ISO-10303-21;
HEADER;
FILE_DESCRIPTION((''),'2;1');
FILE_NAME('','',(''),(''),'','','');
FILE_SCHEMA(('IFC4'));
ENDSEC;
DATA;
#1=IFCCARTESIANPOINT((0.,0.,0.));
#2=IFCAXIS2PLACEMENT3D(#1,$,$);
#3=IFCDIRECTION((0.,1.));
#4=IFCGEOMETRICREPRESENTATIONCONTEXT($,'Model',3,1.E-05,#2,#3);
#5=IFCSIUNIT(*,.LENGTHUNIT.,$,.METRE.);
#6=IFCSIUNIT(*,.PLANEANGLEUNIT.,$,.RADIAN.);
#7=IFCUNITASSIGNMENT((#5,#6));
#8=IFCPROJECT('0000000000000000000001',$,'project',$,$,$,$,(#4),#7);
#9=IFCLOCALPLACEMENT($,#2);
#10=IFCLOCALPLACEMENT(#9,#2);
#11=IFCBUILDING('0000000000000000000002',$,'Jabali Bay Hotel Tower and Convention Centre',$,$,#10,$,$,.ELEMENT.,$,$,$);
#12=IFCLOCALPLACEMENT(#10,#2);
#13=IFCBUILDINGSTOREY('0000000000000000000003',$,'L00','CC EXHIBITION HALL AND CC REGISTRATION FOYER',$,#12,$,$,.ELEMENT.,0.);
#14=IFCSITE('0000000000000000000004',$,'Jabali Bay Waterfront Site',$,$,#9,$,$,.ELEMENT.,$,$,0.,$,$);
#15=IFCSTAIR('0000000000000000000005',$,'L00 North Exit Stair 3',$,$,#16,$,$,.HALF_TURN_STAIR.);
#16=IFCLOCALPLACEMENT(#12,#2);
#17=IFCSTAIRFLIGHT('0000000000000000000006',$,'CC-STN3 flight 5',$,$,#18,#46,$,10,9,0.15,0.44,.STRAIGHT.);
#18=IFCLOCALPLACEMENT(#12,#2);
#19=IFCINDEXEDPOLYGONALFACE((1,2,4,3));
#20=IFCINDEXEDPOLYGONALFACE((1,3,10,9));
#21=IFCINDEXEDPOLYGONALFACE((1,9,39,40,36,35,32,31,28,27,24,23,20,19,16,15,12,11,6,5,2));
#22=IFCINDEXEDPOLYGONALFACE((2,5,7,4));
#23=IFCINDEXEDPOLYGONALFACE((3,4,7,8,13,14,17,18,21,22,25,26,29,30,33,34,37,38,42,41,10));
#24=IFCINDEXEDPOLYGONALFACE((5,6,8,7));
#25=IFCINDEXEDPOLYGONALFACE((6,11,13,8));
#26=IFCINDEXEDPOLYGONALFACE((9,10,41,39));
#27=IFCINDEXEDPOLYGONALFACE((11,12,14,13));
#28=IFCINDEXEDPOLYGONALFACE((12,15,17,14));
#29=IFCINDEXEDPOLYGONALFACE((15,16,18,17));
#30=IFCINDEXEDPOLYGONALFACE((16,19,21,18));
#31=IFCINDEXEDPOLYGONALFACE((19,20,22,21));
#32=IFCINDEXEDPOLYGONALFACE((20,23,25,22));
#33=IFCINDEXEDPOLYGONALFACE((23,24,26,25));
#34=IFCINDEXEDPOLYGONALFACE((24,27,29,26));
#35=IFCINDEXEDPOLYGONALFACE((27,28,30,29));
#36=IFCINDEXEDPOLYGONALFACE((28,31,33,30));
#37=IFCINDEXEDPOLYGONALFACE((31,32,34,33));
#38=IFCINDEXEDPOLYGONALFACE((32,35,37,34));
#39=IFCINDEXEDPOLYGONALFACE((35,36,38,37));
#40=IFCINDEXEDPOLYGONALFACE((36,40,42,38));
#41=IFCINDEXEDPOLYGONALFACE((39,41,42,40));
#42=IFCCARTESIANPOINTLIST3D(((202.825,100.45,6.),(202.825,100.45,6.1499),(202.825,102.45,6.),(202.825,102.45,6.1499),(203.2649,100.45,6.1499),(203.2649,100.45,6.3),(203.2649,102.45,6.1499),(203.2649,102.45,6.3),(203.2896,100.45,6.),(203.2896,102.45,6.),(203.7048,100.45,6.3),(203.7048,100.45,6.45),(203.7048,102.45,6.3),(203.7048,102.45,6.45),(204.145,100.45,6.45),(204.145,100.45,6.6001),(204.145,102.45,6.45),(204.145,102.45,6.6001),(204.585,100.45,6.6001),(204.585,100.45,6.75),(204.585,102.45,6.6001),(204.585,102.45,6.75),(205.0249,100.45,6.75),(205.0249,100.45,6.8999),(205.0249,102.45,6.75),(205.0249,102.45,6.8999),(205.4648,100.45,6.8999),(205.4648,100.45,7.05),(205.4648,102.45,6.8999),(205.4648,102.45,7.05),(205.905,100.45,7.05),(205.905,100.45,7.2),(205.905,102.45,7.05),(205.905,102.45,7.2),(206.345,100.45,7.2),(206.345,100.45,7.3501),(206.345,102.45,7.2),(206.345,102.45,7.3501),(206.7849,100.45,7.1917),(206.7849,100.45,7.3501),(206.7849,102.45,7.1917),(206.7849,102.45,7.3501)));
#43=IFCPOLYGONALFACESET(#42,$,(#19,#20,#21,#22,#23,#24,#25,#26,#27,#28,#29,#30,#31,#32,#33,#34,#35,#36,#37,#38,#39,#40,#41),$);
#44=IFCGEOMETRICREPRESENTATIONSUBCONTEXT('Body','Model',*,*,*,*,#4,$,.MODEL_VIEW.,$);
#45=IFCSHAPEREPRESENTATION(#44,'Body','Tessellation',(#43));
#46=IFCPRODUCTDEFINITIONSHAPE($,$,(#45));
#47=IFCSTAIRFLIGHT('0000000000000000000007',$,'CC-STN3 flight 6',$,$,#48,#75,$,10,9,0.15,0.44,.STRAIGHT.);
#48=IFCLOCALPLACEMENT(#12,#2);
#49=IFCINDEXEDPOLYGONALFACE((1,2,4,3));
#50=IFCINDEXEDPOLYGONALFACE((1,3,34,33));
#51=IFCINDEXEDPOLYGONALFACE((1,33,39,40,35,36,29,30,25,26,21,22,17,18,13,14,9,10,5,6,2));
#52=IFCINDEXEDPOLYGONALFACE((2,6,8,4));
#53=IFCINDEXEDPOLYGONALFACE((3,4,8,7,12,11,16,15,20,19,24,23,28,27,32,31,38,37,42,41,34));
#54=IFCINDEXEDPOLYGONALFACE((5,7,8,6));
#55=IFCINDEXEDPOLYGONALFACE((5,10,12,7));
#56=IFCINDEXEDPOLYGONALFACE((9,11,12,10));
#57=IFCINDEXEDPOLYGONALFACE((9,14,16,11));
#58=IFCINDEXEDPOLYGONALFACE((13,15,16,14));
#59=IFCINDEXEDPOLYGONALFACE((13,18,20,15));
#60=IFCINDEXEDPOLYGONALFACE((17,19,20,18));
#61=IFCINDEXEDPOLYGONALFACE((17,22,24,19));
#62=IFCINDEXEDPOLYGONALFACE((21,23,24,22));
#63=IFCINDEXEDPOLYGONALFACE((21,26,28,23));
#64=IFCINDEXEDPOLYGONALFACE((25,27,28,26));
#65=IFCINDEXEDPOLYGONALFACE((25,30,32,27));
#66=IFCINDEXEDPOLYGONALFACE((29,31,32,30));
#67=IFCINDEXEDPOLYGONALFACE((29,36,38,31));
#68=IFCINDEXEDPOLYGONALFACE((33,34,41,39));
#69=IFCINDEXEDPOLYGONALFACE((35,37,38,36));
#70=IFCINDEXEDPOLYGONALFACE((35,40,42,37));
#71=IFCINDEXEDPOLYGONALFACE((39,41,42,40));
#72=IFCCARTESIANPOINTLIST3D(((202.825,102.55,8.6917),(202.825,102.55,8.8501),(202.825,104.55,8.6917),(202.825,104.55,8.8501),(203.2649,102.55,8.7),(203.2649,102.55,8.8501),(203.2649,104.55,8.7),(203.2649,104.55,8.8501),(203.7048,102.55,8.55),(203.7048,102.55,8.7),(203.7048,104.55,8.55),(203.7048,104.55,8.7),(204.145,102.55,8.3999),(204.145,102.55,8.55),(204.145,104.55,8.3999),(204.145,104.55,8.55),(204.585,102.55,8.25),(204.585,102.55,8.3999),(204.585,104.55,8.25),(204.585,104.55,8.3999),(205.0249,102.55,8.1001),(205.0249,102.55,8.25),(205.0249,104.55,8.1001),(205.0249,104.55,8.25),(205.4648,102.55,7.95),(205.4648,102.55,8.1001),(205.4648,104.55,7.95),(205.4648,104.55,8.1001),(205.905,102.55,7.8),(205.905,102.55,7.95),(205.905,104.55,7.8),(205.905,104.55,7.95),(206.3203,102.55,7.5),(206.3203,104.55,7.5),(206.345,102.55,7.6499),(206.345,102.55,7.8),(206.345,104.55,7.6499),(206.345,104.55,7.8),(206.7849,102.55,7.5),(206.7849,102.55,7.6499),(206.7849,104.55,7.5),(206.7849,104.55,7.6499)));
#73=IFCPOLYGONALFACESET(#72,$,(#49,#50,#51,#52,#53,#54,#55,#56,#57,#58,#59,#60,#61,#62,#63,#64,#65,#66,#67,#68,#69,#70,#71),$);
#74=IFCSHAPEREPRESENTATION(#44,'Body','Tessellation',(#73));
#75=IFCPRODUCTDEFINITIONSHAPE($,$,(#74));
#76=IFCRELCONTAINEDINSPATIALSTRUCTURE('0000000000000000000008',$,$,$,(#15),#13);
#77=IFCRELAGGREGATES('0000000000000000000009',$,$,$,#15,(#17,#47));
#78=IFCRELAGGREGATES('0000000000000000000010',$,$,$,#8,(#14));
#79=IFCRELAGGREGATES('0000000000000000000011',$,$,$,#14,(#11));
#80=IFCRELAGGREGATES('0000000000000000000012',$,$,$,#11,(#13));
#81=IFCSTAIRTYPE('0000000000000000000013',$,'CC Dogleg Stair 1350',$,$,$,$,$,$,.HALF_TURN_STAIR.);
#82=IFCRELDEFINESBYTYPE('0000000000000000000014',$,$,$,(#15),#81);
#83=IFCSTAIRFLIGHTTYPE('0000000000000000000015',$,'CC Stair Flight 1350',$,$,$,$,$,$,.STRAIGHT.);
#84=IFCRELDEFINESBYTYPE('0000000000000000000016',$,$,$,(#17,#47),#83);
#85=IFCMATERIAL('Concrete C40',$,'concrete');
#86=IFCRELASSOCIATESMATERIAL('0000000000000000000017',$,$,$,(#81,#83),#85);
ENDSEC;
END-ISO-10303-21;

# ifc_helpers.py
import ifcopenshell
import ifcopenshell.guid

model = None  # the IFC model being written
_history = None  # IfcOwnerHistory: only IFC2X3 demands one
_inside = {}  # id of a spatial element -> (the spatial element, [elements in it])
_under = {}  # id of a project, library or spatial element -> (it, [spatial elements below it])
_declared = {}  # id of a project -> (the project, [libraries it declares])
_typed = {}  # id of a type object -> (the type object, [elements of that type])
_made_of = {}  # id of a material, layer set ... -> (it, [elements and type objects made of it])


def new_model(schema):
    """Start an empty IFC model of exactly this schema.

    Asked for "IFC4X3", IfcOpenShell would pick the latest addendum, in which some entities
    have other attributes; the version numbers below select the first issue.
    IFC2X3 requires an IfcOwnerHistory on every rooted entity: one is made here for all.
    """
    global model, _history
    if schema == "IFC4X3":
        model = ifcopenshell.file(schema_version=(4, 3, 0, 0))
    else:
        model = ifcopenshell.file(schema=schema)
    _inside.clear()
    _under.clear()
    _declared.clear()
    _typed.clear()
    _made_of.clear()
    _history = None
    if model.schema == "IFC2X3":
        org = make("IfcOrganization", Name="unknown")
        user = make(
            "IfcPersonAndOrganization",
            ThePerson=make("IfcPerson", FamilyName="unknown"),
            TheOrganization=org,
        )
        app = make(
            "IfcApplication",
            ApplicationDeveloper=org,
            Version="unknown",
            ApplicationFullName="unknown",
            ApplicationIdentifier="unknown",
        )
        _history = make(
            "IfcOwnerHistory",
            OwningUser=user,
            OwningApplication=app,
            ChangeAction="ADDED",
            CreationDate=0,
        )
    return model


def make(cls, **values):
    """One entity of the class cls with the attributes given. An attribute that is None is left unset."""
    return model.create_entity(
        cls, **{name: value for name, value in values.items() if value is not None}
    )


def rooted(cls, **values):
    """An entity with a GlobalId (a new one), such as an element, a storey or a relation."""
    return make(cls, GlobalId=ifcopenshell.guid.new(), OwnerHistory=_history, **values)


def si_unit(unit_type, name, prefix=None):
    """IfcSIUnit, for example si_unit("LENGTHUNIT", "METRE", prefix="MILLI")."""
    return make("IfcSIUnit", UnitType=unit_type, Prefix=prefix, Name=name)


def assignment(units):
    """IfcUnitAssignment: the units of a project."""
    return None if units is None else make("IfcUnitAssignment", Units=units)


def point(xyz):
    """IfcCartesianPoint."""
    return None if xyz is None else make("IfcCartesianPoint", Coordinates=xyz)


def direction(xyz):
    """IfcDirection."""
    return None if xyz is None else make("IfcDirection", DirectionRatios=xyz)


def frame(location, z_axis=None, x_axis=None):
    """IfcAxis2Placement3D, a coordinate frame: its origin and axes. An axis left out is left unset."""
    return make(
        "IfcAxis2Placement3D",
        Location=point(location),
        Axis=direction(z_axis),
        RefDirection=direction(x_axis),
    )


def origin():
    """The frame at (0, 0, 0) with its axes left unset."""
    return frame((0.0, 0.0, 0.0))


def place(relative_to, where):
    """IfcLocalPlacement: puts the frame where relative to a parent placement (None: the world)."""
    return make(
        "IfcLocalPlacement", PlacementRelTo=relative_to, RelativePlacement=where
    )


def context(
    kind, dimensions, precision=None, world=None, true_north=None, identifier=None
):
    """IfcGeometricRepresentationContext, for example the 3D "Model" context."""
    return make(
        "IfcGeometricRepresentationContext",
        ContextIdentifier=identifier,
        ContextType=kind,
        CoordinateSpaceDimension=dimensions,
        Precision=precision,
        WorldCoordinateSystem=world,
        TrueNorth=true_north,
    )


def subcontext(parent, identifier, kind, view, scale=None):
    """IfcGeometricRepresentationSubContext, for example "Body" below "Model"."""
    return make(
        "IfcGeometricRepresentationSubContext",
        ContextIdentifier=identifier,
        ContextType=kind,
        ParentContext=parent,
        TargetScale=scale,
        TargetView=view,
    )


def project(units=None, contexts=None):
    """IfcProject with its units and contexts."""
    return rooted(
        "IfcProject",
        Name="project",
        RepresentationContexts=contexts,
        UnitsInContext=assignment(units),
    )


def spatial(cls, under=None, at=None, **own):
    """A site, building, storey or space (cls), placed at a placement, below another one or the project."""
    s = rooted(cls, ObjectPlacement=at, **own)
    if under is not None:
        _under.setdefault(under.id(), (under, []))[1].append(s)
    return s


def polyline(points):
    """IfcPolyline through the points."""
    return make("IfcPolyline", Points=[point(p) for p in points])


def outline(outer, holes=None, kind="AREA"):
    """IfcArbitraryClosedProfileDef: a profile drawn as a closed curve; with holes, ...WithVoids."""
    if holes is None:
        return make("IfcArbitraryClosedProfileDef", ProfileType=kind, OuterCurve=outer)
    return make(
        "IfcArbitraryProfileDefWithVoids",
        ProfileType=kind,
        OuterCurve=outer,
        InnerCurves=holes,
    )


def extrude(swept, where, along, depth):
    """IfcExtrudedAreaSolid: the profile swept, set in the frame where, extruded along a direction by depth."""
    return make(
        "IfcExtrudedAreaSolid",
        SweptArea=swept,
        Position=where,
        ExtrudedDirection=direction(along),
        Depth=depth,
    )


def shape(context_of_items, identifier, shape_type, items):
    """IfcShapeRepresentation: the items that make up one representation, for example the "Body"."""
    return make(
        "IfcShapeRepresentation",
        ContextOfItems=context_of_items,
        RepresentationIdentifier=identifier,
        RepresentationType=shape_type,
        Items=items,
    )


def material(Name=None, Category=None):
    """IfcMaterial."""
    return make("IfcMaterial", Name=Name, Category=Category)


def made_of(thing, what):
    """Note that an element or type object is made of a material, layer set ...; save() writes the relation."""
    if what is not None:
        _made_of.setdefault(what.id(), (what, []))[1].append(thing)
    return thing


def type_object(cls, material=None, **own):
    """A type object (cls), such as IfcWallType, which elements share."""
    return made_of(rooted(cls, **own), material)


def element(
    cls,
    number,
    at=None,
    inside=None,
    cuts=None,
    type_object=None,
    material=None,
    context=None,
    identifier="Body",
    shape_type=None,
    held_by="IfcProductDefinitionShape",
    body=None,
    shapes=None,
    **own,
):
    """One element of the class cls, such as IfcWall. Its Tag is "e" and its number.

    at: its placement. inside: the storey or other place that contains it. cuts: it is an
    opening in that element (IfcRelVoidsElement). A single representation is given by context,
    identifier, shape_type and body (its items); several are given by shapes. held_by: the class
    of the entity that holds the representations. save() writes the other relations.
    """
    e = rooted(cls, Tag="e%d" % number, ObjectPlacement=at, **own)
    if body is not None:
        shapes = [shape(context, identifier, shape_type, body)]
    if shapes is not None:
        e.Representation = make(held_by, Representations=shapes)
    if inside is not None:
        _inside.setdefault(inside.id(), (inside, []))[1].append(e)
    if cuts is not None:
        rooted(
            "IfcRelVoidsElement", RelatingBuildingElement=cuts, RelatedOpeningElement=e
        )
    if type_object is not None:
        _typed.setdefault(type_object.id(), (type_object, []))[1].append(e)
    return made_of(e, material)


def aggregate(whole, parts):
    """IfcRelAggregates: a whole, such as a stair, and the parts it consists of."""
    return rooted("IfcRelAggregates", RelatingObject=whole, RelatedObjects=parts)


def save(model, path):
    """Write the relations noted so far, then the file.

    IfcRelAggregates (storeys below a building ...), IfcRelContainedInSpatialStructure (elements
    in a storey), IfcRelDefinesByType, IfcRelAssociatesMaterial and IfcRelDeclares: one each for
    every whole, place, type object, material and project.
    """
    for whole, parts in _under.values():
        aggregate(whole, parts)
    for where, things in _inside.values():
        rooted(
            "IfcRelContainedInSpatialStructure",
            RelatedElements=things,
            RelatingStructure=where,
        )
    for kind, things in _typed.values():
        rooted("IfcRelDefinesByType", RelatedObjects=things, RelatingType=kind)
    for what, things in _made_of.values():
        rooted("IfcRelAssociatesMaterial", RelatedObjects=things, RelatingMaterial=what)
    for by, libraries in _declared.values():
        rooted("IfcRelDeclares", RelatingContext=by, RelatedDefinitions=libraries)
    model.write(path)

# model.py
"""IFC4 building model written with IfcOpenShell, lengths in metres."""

from ifc_helpers import new_model, si_unit, direction, frame, origin, place, context, subcontext, project, spatial, polyline, outline, extrude, material, type_object, element, aggregate, save


model = new_model("IFC4")

# Units and contexts
model_context = context("Model", 3, precision=1e-05, world=origin(), true_north=direction((0.0, 1.0)))
body_context = subcontext(model_context, "Body", "Model", "MODEL_VIEW")
ifc_project = project(units=[si_unit("LENGTHUNIT", "METRE"), si_unit("PLANEANGLEUNIT", "RADIAN")], contexts=[model_context])

# Site, building, storey
site_placement = place(None, origin())
site = spatial("IfcSite", under=ifc_project, at=site_placement, Name="Jabali Bay Waterfront Site", CompositionType="ELEMENT", RefElevation=0.0)
building_placement = place(site_placement, origin())
building = spatial("IfcBuilding", under=site, at=building_placement, Name="Jabali Bay Hotel Tower and Convention Centre", CompositionType="ELEMENT")
storey_placement = place(building_placement, origin())
storey = spatial("IfcBuildingStorey", under=building, at=storey_placement, Name="L00", Description="CC EXHIBITION HALL AND CC REGISTRATION FOYER", CompositionType="ELEMENT", Elevation=0.0)

# Stair, stair flights
ifc_material_1 = material(Name="Concrete C40", Category="concrete")
stair_type = type_object("IfcStairType", Name="CC Dogleg Stair 1350", PredefinedType="HALF_TURN_STAIR", material=ifc_material_1)
stair_placement = place(storey_placement, origin())
stair = element("IfcStair", 1, at=stair_placement, inside=storey, type_object=stair_type, Name="L00 North Exit Stair 3", PredefinedType="HALF_TURN_STAIR")
stair_flight_type = type_object("IfcStairFlightType", Name="CC Stair Flight 1350", PredefinedType="STRAIGHT", material=ifc_material_1)
stair_flight_1_placement = place(storey_placement, frame((202.825, 101.45, 6.0), z_axis=(0.0, 0.0, 1.0), x_axis=(1.0, 0.0, 0.0)))
stair_flight_1 = element("IfcStairFlight", 2, at=stair_flight_1_placement, type_object=stair_flight_type, Name="CC-STN3 flight 5", NumberOfRisers=10, NumberOfTreads=9, PredefinedType="STRAIGHT", RiserHeight=0.15, TreadLength=0.44, context=body_context, shape_type="SweptSolid", body=[
    extrude(outline(polyline([(0.0, 0.0), (0.0, 0.1499), (0.4399, 0.1499), (0.4399, 0.3), (0.8799, 0.3), (0.8799, 0.45), (1.3201, 0.45), (1.3201, 0.6001), (1.76, 0.6001), (1.76, 0.75), (2.2, 0.75), (2.2, 0.8999), (2.6399, 0.8999), (2.6399, 1.05), (3.0801, 1.05), (3.0801, 1.2), (3.52, 1.2), (3.52, 1.3501), (3.96, 1.3501), (3.96, 1.5), (3.96, 1.1917), (0.4646, 0.0), (0.0, 0.0)])), frame((0.0, 1.0, 0.0), z_axis=(0.0, -1.0, 0.0), x_axis=(1.0, 0.0, 0.0)), (0.0, 0.0, 1.0), 2.0),
])
stair_flight_2_placement = place(storey_placement, frame((206.7849, 103.55, 7.5), z_axis=(0.0, 0.0, 1.0), x_axis=(-1.0, 0.0, 0.0)))
stair_flight_2 = element("IfcStairFlight", 3, at=stair_flight_2_placement, type_object=stair_flight_type, Name="CC-STN3 flight 6", NumberOfRisers=10, NumberOfTreads=9, PredefinedType="STRAIGHT", RiserHeight=0.15, TreadLength=0.44, context=body_context, shape_type="SweptSolid", body=[
    extrude(outline(polyline([(0.0, 0.0), (0.0, 0.1499), (0.4399, 0.1499), (0.4399, 0.3), (0.8799, 0.3), (0.8799, 0.45), (1.3201, 0.45), (1.3201, 0.6001), (1.76, 0.6001), (1.76, 0.75), (2.2, 0.75), (2.2, 0.8999), (2.6399, 0.8999), (2.6399, 1.05), (3.0801, 1.05), (3.0801, 1.2), (3.52, 1.2), (3.52, 1.3501), (3.96, 1.3501), (3.96, 1.5), (3.96, 1.1917), (0.4646, 0.0), (0.0, 0.0)])), frame((0.0, 1.0, 0.0), z_axis=(0.0, -1.0, 0.0), x_axis=(1.0, 0.0, 0.0)), (0.0, 0.0, 1.0), 2.0),
])
aggregate(stair, [stair_flight_1, stair_flight_2])

save(model, "model.ifc")
